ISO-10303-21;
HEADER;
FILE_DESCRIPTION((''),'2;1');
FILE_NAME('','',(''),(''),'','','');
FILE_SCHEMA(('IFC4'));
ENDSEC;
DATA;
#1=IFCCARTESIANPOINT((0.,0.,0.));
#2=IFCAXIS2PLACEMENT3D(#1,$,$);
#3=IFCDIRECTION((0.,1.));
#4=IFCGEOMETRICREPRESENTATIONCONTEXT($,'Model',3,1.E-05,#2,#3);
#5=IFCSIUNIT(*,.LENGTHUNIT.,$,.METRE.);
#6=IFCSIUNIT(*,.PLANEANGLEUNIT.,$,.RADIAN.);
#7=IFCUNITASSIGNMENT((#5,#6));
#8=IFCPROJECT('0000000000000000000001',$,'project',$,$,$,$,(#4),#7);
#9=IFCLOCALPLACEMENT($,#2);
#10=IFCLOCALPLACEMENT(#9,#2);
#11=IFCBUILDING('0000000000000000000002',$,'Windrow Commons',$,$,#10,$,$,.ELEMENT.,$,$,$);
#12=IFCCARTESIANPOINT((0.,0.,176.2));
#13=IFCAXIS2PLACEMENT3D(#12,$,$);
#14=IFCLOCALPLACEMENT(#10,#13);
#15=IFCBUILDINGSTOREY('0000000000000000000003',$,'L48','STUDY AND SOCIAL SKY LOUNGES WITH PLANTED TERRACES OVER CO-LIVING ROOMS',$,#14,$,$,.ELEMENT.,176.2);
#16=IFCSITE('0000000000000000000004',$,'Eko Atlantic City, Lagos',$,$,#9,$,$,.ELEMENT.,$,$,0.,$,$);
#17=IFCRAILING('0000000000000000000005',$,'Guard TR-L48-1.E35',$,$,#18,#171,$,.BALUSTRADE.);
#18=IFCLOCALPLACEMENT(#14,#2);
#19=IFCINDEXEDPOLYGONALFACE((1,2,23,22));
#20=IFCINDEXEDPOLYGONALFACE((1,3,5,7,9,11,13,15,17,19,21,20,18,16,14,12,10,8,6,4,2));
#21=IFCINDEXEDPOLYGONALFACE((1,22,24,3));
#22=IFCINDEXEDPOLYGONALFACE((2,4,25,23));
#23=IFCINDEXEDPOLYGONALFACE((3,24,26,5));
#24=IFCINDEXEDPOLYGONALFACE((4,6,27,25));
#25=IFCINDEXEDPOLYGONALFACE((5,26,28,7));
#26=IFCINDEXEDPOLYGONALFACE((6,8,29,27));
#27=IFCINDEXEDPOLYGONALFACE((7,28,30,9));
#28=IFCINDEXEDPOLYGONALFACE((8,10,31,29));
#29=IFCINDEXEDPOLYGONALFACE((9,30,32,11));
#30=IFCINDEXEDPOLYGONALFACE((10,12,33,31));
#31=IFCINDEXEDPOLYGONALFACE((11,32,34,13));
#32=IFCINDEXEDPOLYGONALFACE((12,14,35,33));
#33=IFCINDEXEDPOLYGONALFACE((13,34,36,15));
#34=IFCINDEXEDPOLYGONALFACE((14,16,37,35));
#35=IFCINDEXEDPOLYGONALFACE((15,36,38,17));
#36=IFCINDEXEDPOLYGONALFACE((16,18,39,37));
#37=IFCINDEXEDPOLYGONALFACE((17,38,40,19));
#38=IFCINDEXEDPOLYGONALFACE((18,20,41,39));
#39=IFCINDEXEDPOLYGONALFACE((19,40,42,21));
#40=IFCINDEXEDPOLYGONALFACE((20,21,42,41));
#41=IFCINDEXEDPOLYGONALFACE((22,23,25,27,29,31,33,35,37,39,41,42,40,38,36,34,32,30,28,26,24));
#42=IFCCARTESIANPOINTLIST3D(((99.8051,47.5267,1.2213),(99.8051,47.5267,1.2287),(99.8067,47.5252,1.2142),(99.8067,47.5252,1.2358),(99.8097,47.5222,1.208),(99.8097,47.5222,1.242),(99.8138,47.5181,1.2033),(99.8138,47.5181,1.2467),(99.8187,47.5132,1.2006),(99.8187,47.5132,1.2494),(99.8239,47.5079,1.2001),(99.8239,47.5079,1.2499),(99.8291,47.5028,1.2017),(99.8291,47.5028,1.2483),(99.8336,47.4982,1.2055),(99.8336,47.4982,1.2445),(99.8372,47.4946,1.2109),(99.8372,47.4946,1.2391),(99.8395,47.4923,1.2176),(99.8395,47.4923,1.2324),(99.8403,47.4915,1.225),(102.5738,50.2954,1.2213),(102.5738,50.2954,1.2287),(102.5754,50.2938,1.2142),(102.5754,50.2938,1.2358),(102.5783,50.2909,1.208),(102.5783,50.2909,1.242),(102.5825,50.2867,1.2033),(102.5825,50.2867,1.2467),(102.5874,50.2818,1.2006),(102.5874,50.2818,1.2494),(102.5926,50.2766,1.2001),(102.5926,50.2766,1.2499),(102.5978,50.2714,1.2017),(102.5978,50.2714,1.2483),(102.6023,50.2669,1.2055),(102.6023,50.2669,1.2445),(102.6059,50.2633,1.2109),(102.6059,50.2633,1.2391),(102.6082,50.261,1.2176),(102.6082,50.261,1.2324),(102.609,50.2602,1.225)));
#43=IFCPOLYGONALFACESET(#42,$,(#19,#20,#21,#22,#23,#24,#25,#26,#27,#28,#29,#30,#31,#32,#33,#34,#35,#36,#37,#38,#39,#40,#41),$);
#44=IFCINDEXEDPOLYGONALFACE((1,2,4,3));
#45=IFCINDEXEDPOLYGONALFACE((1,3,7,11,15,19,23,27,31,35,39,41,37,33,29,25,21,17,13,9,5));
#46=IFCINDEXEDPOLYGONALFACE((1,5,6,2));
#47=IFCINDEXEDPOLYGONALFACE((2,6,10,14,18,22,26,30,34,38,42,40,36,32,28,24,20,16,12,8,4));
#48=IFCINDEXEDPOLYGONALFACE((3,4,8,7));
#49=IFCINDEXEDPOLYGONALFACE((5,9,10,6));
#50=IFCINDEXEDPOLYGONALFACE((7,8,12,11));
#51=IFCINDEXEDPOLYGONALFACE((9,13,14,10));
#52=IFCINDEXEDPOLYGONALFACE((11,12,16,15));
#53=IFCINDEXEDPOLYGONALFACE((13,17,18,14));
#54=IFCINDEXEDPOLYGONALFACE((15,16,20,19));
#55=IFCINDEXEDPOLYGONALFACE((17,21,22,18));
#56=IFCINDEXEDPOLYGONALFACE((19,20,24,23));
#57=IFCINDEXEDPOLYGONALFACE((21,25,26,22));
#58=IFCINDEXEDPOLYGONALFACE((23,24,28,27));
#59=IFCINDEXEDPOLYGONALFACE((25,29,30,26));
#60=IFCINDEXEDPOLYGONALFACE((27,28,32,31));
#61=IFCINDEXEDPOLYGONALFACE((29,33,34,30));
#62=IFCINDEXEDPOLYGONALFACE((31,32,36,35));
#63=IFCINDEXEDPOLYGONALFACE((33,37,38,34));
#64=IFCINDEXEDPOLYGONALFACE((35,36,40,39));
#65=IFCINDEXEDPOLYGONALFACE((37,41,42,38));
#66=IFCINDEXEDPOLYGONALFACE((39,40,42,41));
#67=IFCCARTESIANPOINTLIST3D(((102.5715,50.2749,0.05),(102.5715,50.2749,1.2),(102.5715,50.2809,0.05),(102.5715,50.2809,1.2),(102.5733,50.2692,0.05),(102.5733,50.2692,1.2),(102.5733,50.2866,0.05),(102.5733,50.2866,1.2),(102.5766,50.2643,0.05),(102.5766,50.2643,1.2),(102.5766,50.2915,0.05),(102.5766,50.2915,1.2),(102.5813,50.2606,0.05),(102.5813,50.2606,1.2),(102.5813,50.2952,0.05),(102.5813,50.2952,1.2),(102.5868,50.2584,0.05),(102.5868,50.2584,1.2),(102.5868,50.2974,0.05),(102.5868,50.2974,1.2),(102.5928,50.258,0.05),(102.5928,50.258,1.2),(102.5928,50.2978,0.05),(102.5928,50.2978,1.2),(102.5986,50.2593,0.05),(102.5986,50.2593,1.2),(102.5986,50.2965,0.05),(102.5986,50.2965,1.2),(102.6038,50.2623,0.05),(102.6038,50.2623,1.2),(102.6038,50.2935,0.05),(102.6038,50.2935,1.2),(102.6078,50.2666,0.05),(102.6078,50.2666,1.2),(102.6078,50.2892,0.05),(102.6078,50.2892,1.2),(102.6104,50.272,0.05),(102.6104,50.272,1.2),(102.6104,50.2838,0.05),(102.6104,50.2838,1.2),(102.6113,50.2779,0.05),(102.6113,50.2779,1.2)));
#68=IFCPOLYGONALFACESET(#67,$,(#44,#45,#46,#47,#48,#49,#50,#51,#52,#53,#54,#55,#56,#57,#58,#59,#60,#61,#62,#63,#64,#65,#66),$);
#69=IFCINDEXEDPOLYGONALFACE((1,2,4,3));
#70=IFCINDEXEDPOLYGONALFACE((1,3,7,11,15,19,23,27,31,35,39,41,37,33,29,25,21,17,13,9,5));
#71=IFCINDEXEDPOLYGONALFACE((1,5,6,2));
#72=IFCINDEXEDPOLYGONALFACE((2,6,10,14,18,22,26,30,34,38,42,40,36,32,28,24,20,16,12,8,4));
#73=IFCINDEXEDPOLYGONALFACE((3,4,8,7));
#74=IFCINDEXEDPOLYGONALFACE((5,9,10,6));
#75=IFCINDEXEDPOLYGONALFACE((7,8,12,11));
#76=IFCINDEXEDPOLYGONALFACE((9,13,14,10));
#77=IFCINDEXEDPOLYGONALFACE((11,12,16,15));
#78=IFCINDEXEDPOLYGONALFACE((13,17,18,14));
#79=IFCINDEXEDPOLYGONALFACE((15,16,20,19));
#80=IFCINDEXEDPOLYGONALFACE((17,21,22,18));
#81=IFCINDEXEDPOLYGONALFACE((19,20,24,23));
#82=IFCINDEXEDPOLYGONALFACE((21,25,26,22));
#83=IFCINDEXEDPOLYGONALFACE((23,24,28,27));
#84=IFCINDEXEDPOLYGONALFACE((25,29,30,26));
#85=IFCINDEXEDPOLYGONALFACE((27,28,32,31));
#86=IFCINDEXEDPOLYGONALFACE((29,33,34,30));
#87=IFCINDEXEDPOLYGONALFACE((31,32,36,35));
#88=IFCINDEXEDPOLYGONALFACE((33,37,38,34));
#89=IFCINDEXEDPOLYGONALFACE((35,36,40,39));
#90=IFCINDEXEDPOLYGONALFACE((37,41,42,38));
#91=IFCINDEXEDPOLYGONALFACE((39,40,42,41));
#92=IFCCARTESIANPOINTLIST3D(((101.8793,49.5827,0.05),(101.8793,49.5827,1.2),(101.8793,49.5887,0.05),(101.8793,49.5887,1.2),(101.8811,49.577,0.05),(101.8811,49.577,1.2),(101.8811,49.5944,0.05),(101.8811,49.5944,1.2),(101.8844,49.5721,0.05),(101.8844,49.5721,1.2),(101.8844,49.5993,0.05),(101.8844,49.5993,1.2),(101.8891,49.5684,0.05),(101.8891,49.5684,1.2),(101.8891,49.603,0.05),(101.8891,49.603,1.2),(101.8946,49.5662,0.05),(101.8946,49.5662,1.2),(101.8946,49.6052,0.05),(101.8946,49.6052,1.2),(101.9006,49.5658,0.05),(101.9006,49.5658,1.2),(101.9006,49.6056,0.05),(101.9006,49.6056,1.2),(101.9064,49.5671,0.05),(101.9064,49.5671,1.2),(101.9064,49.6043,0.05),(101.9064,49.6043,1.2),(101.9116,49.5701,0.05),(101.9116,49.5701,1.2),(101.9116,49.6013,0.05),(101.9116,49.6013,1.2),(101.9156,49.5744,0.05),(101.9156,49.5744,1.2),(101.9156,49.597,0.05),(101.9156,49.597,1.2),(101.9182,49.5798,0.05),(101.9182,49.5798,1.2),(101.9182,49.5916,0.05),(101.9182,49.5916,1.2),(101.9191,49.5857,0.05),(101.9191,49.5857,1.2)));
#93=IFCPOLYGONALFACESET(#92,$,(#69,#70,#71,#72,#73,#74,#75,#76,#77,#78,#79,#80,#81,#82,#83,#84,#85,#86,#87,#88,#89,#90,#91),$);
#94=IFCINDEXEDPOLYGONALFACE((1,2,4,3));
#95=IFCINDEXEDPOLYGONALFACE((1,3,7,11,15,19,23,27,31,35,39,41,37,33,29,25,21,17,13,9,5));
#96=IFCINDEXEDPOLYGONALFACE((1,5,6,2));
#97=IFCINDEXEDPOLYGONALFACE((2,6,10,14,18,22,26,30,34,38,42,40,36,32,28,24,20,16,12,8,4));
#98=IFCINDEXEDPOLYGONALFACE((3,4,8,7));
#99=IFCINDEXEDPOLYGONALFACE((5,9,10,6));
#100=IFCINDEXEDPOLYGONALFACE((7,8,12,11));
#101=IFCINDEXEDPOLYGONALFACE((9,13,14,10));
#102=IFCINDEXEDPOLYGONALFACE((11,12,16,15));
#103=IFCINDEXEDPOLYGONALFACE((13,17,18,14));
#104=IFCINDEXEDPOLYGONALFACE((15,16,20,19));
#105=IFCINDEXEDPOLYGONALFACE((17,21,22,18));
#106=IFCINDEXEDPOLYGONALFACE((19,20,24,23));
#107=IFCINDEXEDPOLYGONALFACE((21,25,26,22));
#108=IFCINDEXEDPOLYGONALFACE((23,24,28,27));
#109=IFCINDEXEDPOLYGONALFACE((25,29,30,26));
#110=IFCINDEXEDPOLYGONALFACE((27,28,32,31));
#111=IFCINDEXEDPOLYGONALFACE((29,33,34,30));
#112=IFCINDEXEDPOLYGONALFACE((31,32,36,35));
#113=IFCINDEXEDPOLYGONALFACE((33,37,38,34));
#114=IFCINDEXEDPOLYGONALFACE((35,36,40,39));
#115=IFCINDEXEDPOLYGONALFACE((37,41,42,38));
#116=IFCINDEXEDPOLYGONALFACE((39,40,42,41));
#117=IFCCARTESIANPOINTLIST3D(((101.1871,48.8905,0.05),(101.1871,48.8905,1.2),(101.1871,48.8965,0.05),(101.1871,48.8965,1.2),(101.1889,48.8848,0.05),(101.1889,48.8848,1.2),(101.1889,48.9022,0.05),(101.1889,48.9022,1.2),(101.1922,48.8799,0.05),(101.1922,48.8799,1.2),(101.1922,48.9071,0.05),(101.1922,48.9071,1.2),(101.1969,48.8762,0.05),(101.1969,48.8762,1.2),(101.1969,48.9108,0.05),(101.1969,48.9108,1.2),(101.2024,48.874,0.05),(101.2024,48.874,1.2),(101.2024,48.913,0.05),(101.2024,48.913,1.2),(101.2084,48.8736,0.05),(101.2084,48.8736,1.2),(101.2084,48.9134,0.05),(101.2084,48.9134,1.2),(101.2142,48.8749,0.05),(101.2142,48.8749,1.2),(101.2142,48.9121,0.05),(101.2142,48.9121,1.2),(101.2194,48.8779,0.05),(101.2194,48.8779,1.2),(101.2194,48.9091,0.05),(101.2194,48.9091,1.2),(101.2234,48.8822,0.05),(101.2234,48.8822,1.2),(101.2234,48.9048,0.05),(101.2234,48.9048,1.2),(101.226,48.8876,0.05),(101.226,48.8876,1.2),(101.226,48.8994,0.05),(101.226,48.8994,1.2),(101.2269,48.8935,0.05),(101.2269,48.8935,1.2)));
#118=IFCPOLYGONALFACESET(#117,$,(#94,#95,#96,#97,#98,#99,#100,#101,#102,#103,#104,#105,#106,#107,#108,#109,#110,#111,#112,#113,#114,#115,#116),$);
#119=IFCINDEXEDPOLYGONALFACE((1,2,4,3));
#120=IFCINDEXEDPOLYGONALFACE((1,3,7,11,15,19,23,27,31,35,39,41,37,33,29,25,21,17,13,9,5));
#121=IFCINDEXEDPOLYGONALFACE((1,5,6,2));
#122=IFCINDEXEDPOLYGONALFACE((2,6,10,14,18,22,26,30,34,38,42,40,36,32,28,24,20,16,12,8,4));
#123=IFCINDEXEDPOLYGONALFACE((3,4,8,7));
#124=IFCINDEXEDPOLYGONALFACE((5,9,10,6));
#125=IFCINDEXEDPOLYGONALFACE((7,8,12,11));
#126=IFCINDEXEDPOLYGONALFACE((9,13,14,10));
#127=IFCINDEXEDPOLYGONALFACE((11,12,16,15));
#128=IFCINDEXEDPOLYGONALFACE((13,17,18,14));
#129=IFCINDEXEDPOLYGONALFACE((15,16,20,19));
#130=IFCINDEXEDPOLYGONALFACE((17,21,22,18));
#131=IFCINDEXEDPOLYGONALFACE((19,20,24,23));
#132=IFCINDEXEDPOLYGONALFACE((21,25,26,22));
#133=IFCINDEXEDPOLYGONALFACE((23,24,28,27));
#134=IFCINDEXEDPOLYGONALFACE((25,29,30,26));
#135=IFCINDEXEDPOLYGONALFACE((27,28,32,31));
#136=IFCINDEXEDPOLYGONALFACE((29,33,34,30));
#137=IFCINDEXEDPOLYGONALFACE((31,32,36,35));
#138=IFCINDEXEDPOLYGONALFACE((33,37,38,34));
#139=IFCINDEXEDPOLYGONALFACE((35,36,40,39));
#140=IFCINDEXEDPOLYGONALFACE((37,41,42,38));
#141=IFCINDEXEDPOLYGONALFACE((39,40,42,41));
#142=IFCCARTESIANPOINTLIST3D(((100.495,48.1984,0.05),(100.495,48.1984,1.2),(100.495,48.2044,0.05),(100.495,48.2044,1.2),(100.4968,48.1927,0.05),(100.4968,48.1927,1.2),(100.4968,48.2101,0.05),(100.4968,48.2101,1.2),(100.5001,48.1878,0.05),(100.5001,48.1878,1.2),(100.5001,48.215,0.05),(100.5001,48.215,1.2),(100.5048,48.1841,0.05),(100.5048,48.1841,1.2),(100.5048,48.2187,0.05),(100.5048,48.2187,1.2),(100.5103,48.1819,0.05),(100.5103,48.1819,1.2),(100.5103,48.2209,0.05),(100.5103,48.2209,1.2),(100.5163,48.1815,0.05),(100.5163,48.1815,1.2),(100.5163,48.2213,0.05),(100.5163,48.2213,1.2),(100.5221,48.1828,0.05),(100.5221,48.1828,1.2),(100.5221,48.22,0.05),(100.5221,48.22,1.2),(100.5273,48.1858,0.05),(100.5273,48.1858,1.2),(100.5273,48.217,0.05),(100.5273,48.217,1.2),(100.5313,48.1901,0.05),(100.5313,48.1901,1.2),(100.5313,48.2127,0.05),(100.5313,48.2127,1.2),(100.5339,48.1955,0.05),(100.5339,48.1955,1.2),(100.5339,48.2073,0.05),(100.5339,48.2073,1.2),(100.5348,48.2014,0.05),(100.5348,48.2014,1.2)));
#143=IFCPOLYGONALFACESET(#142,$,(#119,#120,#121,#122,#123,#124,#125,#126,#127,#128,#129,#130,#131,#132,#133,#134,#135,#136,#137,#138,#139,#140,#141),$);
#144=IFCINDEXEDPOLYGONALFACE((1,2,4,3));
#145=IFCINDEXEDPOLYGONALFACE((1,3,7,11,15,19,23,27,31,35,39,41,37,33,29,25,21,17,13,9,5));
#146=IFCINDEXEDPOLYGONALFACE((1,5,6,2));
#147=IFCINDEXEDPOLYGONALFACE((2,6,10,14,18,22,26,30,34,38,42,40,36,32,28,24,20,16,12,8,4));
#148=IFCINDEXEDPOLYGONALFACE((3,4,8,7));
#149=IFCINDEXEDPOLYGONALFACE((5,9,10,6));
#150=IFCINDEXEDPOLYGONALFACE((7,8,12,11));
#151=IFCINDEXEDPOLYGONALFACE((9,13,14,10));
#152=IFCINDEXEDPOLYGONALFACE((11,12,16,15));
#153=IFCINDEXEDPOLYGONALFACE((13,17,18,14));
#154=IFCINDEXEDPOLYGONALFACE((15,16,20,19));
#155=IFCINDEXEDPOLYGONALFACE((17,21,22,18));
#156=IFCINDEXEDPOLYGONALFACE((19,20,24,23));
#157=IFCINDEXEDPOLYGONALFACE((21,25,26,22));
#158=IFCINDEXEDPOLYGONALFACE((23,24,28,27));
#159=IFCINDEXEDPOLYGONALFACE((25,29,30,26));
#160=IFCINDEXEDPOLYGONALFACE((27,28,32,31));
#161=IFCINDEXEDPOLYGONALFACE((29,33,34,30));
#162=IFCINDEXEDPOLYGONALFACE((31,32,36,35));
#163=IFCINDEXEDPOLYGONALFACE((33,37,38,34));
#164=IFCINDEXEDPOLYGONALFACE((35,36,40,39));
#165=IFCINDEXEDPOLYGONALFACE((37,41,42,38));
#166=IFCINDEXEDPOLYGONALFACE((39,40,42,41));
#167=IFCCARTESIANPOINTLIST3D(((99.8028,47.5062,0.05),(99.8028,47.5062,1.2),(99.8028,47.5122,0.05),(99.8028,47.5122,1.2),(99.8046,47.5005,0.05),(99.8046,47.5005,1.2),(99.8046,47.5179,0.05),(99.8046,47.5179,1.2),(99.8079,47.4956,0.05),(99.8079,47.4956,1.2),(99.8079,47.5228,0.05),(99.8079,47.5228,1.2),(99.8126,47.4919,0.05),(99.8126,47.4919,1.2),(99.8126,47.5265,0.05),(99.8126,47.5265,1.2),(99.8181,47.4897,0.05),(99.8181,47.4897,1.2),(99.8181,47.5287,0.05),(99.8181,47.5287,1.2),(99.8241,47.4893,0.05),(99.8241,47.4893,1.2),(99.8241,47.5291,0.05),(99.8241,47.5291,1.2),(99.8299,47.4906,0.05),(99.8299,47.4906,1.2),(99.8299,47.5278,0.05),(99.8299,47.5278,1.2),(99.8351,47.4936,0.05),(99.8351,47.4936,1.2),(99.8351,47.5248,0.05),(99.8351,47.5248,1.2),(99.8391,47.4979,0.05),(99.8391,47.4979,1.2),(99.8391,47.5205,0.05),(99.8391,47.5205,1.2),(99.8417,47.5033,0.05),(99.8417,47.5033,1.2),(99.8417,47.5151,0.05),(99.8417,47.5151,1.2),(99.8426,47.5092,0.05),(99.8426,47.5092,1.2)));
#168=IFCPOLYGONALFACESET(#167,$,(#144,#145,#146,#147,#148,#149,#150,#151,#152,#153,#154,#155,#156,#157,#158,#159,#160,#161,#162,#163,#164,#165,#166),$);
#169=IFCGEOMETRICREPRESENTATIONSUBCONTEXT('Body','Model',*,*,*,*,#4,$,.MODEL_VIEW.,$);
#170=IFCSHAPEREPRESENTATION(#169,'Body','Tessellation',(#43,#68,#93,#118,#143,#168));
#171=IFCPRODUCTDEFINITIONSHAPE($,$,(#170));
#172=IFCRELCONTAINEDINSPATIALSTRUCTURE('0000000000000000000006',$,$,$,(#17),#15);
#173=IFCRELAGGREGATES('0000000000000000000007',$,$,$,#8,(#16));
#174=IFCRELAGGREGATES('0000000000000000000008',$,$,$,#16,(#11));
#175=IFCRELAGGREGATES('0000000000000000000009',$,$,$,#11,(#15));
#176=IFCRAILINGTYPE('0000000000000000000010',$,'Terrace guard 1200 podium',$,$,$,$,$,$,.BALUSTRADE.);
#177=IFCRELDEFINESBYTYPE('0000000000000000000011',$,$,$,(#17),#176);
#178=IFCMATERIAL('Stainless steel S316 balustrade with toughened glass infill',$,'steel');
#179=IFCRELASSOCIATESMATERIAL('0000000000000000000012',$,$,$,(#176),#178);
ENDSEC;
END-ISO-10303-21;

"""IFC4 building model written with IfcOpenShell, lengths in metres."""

from ifc_helpers import new_model, si_unit, direction, frame, origin, origin_2d, place, context, subcontext, project, spatial, circle, extrude, material, type_object, element, save


model = new_model("IFC4")

# Units and contexts
model_context = context("Model", 3, precision=1e-05, world=origin(), true_north=direction((0.0, 1.0)))
body_context = subcontext(model_context, "Body", "Model", "MODEL_VIEW")
ifc_project = project(units=[si_unit("LENGTHUNIT", "METRE"), si_unit("PLANEANGLEUNIT", "RADIAN")], contexts=[model_context])

# Site, building, storey
site_placement = place(None, origin())
site = spatial("IfcSite", under=ifc_project, at=site_placement, Name="Eko Atlantic City, Lagos", CompositionType="ELEMENT", RefElevation=0.0)
building_placement = place(site_placement, origin())
building = spatial("IfcBuilding", under=site, at=building_placement, Name="Windrow Commons", CompositionType="ELEMENT")
storey_placement = place(building_placement, frame((0.0, 0.0, 176.2)))
storey = spatial("IfcBuildingStorey", under=building, at=storey_placement, Name="L48", Description="STUDY AND SOCIAL SKY LOUNGES WITH PLANTED TERRACES OVER CO-LIVING ROOMS", CompositionType="ELEMENT", Elevation=176.2)

# Railing
ifc_material_1 = material(Name="Stainless steel S316 balustrade with toughened glass infill", Category="steel")
railing_type_1 = type_object("IfcRailingType", Name="Terrace guard 1200 podium", PredefinedType="BALUSTRADE", material=ifc_material_1)
railing_1_placement = place(storey_placement, frame((102.5913, 50.2779, 0.05)))
element("IfcRailing", 1, at=railing_1_placement, inside=storey, type_object=railing_type_1, Name="Guard TR-L48-1.E35", PredefinedType="BALUSTRADE", context=body_context, shape_type="SweptSolid", body=[
    extrude(circle(Radius=0.025, at=origin_2d()), frame((0.0, 0.0, 1.175), z_axis=(-0.707107, -0.707107, 0.0), x_axis=(0.707107, -0.707107, 0.0)), (0.0, 0.0, 1.0), 3.9155),
    extrude(circle(Radius=0.02, at=origin_2d()), origin(), (0.0, 0.0, 1.0), 1.15),
    extrude(circle(Radius=0.02, at=origin_2d()), frame((-0.6922, -0.6922, 0.0)), (0.0, 0.0, 1.0), 1.15),
    extrude(circle(Radius=0.02, at=origin_2d()), frame((-1.3844, -1.3844, 0.0)), (0.0, 0.0, 1.0), 1.15),
    extrude(circle(Radius=0.02, at=origin_2d()), frame((-2.0765, -2.0765, 0.0)), (0.0, 0.0, 1.0), 1.15),
    extrude(circle(Radius=0.02, at=origin_2d()), frame((-2.7687, -2.7687, 0.0)), (0.0, 0.0, 1.0), 1.15),
])

save(model, "model.ifc")
